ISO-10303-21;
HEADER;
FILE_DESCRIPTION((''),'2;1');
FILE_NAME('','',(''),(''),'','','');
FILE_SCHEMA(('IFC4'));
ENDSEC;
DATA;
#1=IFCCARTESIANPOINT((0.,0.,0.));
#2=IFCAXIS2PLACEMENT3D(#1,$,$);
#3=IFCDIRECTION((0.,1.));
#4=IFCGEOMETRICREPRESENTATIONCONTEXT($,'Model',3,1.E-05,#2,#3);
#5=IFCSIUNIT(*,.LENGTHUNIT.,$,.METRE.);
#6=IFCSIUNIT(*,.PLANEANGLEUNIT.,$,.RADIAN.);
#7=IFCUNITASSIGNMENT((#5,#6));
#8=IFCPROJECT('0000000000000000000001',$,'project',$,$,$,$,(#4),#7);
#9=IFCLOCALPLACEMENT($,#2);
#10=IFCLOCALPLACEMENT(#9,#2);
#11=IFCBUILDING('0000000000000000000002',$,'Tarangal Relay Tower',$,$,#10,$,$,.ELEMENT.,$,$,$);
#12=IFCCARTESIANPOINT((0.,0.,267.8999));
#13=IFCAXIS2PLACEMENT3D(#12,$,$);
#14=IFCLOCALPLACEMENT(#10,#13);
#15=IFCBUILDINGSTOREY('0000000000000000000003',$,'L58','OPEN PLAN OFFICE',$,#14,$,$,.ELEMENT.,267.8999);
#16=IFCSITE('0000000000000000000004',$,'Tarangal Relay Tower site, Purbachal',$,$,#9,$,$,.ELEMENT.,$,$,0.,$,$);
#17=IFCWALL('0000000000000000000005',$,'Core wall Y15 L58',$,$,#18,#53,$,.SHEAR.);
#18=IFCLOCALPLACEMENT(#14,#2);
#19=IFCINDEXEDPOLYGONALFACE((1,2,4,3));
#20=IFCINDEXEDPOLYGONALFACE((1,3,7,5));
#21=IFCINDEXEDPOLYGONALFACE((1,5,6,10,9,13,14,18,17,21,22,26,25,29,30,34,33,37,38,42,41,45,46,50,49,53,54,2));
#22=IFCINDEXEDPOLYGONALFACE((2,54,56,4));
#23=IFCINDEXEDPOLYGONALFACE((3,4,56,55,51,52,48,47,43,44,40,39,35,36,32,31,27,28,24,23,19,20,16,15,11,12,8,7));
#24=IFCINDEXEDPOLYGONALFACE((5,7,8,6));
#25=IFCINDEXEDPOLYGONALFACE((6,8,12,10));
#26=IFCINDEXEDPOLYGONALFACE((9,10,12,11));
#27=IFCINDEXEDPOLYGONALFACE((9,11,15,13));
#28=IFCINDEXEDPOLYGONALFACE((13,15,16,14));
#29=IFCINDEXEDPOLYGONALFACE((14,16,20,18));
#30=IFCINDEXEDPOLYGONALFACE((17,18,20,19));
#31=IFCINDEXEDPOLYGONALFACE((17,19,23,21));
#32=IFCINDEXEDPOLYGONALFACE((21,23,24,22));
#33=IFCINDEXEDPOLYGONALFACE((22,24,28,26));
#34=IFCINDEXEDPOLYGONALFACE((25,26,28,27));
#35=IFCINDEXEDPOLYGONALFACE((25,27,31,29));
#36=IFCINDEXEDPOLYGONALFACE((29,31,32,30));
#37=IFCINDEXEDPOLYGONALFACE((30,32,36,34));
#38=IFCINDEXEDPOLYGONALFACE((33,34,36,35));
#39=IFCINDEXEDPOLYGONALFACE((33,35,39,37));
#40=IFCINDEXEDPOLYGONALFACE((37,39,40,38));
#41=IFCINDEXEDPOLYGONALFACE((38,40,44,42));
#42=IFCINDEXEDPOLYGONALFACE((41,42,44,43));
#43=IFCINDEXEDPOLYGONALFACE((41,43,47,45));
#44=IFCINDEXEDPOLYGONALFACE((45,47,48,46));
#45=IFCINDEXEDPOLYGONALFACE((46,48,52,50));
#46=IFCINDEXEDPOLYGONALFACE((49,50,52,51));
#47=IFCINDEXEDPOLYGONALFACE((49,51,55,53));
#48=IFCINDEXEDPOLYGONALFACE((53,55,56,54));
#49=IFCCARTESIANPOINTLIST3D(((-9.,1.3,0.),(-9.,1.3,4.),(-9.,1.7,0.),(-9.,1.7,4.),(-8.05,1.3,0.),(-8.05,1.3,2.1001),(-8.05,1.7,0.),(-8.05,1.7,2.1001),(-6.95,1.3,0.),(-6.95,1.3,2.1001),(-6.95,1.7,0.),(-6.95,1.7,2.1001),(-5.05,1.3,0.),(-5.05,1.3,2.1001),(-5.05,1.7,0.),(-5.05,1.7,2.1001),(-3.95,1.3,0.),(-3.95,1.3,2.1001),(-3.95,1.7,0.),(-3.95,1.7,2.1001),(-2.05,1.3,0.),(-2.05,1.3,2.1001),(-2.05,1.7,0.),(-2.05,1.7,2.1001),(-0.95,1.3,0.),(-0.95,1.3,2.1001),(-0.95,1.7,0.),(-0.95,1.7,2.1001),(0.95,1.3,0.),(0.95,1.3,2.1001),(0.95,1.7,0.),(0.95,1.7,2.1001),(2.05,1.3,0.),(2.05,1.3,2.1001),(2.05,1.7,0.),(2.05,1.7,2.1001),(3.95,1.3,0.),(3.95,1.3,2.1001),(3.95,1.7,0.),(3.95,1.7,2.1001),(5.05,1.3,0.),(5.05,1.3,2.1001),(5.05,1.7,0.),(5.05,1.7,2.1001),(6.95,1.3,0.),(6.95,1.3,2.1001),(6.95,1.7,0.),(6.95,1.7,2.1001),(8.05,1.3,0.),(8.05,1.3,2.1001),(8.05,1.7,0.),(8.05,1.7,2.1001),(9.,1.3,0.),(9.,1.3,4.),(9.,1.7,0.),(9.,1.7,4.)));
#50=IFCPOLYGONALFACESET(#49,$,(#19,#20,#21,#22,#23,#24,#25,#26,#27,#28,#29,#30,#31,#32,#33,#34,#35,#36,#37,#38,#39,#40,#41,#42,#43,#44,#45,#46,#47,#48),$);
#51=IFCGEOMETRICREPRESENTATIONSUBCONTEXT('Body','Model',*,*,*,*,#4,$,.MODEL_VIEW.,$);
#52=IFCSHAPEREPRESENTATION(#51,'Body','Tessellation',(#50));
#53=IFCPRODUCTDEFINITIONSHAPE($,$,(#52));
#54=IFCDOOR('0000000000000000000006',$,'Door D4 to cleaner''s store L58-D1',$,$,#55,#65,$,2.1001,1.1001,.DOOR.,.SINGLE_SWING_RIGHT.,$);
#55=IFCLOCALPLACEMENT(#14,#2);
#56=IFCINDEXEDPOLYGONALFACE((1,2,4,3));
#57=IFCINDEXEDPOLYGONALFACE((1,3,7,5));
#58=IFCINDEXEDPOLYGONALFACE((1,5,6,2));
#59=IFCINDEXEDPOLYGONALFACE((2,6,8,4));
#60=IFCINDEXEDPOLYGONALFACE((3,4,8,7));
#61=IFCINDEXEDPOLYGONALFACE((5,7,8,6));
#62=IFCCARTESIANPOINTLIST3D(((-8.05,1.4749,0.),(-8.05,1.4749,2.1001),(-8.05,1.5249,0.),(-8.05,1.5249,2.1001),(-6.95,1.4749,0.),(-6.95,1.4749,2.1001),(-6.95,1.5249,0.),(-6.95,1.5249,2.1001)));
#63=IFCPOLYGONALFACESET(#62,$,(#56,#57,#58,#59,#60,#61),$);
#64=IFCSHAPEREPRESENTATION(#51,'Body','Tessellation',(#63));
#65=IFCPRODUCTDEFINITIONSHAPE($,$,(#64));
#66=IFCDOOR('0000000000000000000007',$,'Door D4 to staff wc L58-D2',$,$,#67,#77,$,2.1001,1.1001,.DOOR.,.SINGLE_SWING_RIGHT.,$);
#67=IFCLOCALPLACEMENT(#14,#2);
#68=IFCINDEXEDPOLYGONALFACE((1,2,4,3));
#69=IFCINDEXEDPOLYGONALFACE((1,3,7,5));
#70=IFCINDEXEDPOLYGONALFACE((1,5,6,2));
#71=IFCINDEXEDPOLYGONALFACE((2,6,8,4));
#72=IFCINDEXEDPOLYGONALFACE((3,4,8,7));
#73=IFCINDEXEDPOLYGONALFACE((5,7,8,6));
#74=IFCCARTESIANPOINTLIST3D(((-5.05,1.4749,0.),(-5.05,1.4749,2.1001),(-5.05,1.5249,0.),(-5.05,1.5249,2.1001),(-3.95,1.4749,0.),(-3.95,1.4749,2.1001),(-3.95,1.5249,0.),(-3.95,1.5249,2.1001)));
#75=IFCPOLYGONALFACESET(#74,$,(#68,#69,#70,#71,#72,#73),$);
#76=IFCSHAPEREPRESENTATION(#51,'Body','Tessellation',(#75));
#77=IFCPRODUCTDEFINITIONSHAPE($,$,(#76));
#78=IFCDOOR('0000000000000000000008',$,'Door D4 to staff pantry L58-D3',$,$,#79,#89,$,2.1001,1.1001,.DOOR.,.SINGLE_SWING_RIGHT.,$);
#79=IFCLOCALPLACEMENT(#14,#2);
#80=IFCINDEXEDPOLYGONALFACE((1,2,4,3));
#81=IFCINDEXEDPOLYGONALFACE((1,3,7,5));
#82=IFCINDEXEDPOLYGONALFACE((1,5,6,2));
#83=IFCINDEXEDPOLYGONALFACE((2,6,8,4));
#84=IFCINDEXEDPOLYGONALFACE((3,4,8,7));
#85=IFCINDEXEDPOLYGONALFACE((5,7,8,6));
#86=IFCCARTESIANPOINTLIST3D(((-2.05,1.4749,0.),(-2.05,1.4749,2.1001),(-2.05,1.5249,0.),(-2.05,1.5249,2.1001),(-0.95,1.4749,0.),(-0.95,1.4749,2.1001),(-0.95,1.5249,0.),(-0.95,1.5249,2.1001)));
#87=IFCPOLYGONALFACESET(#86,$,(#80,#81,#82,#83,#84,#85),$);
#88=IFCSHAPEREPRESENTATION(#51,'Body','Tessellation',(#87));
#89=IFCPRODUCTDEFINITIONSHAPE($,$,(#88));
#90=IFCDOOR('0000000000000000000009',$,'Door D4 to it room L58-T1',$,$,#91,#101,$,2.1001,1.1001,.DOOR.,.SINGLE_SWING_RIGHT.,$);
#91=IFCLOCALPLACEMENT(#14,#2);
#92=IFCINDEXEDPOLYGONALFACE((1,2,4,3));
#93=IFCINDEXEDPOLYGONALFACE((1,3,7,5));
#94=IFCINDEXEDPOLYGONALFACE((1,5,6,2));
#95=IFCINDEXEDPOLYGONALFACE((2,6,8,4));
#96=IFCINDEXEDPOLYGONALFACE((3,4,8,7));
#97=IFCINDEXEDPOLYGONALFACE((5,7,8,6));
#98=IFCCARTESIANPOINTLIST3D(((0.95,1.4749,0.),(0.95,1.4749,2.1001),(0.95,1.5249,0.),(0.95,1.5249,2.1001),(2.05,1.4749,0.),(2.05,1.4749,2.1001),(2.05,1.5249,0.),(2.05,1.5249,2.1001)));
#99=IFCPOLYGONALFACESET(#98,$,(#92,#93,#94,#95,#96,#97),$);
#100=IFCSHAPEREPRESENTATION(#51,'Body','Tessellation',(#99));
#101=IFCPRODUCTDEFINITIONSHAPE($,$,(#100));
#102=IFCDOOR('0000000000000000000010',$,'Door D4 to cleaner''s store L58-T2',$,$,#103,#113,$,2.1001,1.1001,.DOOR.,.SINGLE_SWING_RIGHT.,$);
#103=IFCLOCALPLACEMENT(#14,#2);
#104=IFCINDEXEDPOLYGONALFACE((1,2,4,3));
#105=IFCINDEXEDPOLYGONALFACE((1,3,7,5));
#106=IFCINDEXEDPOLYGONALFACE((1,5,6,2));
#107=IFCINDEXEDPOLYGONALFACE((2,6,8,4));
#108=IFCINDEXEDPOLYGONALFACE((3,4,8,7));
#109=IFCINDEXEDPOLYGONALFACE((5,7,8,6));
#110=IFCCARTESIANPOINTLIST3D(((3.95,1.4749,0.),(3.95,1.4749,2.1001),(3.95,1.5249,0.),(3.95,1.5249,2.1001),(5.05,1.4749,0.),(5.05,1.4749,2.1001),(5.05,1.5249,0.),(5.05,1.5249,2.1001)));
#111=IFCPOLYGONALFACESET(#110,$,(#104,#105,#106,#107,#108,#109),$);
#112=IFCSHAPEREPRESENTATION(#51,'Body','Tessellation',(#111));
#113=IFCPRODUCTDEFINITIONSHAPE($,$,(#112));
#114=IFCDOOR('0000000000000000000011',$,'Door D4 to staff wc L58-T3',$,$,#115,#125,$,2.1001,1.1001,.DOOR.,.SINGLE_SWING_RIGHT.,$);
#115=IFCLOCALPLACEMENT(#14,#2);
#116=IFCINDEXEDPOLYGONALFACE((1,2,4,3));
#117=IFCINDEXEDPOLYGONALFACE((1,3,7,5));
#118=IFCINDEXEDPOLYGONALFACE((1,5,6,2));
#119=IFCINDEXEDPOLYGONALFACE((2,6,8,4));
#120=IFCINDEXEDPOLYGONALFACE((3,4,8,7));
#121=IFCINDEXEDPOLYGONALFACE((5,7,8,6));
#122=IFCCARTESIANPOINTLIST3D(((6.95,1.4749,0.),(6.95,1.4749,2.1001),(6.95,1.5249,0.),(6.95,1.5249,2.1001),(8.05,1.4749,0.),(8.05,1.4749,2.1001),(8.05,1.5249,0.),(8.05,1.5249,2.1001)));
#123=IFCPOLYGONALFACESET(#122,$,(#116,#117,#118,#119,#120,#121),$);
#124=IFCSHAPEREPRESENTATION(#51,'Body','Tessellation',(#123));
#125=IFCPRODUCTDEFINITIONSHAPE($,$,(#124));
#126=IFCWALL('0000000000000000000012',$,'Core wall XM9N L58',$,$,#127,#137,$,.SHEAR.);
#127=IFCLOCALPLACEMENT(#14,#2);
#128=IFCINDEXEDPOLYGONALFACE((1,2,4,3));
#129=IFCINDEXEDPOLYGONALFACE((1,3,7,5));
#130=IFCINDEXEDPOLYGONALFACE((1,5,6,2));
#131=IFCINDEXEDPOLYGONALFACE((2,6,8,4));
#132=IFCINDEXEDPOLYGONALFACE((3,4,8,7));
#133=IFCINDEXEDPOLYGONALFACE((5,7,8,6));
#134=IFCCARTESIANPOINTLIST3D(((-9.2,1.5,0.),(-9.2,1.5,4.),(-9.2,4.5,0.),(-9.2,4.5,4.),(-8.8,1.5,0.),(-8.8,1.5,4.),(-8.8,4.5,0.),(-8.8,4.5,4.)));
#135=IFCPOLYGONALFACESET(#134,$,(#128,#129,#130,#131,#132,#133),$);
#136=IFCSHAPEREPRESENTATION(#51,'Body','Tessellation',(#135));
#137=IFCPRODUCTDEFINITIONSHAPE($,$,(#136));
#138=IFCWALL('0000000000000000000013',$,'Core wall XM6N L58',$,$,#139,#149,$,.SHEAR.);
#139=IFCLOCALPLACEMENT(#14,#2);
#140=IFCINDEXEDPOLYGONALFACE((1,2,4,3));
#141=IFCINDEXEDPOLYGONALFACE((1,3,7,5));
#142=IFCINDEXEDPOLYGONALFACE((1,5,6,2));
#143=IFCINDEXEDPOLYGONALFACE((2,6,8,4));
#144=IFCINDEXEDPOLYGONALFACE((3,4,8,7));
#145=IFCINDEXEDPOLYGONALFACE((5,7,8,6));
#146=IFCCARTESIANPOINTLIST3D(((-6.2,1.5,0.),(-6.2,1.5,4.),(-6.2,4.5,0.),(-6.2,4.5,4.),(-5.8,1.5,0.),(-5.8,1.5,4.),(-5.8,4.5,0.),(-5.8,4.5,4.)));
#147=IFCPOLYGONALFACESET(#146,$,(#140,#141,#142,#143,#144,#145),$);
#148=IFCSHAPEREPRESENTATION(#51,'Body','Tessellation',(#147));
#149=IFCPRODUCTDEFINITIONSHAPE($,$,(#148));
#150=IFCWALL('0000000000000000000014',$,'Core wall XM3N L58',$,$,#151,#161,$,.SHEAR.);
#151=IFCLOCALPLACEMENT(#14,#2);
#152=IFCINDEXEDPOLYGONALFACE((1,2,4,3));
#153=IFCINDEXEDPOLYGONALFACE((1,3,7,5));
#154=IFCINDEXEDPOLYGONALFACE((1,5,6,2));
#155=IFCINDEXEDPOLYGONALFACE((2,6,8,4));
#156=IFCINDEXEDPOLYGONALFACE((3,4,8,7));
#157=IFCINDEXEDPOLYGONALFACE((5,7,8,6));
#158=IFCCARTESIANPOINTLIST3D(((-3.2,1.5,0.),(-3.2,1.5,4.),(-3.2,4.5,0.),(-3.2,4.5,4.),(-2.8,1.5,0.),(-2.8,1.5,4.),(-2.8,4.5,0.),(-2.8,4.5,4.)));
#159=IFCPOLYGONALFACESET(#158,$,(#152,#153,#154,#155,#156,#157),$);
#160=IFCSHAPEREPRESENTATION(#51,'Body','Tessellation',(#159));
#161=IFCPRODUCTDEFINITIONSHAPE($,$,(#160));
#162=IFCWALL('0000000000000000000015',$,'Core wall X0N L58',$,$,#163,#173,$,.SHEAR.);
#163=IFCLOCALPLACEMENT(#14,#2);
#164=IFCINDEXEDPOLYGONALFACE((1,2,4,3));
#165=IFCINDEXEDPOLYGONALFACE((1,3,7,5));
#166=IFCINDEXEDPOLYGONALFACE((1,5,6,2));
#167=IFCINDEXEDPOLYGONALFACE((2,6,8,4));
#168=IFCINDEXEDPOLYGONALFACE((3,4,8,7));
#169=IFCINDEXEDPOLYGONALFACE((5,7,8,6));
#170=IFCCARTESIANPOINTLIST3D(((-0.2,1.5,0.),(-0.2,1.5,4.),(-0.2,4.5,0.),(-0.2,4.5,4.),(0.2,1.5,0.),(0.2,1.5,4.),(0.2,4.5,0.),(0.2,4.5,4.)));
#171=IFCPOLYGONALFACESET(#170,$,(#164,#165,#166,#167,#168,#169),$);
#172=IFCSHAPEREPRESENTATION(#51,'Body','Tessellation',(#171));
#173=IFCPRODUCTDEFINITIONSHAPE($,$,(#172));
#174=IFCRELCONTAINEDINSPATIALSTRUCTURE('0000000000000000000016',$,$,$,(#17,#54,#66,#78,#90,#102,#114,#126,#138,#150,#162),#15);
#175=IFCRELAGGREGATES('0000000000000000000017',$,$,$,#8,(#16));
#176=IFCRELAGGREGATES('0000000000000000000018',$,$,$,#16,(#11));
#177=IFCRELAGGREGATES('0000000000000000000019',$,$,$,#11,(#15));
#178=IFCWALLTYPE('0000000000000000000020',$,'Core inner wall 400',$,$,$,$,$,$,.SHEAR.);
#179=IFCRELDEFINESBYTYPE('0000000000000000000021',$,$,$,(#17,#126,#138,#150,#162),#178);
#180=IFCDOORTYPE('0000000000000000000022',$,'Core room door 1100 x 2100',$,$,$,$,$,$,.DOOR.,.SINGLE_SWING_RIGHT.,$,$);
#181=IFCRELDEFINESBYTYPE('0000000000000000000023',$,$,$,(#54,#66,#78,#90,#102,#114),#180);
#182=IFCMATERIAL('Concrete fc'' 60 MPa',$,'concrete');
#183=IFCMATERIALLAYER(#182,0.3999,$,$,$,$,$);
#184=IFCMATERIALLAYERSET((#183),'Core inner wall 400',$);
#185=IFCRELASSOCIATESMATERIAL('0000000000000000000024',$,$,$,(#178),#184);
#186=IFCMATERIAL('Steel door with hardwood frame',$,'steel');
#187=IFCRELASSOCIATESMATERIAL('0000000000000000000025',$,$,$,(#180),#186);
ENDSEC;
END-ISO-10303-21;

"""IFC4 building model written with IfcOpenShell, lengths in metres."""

from ifc_helpers import new_model, si_unit, direction, frame, frame_2d, origin, place, context, subcontext, project, spatial, rectangle, extrude, material, layer, layer_set, type_object, element, fill, save


model = new_model("IFC4")

# Units and contexts
model_context = context("Model", 3, precision=1e-05, world=origin(), true_north=direction((0.0, 1.0)))
body_context = subcontext(model_context, "Body", "Model", "MODEL_VIEW")
ifc_project = project(units=[si_unit("LENGTHUNIT", "METRE"), si_unit("PLANEANGLEUNIT", "RADIAN")], contexts=[model_context])

# Site, building, storey
site_placement = place(None, origin())
site = spatial("IfcSite", under=ifc_project, at=site_placement, Name="Tarangal Relay Tower site, Purbachal", CompositionType="ELEMENT", RefElevation=0.0)
building_placement = place(site_placement, origin())
building = spatial("IfcBuilding", under=site, at=building_placement, Name="Tarangal Relay Tower", CompositionType="ELEMENT")
storey_placement = place(building_placement, frame((0.0, 0.0, 267.8999)))
storey = spatial("IfcBuildingStorey", under=building, at=storey_placement, Name="L58", Description="OPEN PLAN OFFICE", CompositionType="ELEMENT", Elevation=267.8999)

# Wall, openings, doors
ifc_material_1 = material(Name="Concrete fc' 60 MPa", Category="concrete")
ifc_layer_1 = layer(ifc_material_1, 0.3999)
ifc_layer_set_1 = layer_set([ifc_layer_1], Name="Core inner wall 400")
wall_type = type_object("IfcWallType", Name="Core inner wall 400", PredefinedType="SHEAR", material=ifc_layer_set_1)
wall_1_placement = place(storey_placement, frame((-9.0, 1.5, 0.0), z_axis=(0.0, 0.0, 1.0), x_axis=(1.0, 0.0, 0.0)))
wall_1 = element("IfcWall", 1, at=wall_1_placement, inside=storey, type_object=wall_type, Name="Core wall Y15 L58", PredefinedType="SHEAR", context=body_context, shape_type="SweptSolid", body=[
    extrude(rectangle(XDim=18.0, YDim=0.3999, at=frame_2d((9.0, 0.0))), origin(), (0.0, 0.0, 1.0), 4.0),
])
opening_1_placement = place(wall_1_placement, frame((0.95, 0.0, 0.0)))
opening_1 = element("IfcOpeningElement", 2, at=opening_1_placement, cuts=wall_1, PredefinedType="OPENING", context=body_context, shape_type="SweptSolid", body=[
    extrude(rectangle(XDim=1.1001, YDim=2.1001, at=frame_2d((0.55, 1.05))), frame((0.0, 0.21, 0.0), z_axis=(0.0, -1.0, 0.0), x_axis=(1.0, 0.0, 0.0)), (0.0, 0.0, 1.0), 0.4199),
])
opening_2_placement = place(wall_1_placement, frame((3.95, 0.0, 0.0)))
opening_2 = element("IfcOpeningElement", 3, at=opening_2_placement, cuts=wall_1, PredefinedType="OPENING", context=body_context, shape_type="SweptSolid", body=[
    extrude(rectangle(XDim=1.1001, YDim=2.1001, at=frame_2d((0.55, 1.05))), frame((0.0, 0.21, 0.0), z_axis=(0.0, -1.0, 0.0), x_axis=(1.0, 0.0, 0.0)), (0.0, 0.0, 1.0), 0.4199),
])
opening_3_placement = place(wall_1_placement, frame((6.95, 0.0, 0.0)))
opening_3 = element("IfcOpeningElement", 4, at=opening_3_placement, cuts=wall_1, PredefinedType="OPENING", context=body_context, shape_type="SweptSolid", body=[
    extrude(rectangle(XDim=1.1001, YDim=2.1001, at=frame_2d((0.55, 1.05))), frame((0.0, 0.21, 0.0), z_axis=(0.0, -1.0, 0.0), x_axis=(1.0, 0.0, 0.0)), (0.0, 0.0, 1.0), 0.4199),
])
opening_4_placement = place(wall_1_placement, frame((9.95, 0.0, 0.0)))
opening_4 = element("IfcOpeningElement", 5, at=opening_4_placement, cuts=wall_1, PredefinedType="OPENING", context=body_context, shape_type="SweptSolid", body=[
    extrude(rectangle(XDim=1.1001, YDim=2.1001, at=frame_2d((0.55, 1.05))), frame((0.0, 0.21, 0.0), z_axis=(0.0, -1.0, 0.0), x_axis=(1.0, 0.0, 0.0)), (0.0, 0.0, 1.0), 0.4199),
])
opening_5_placement = place(wall_1_placement, frame((12.95, 0.0, 0.0)))
opening_5 = element("IfcOpeningElement", 6, at=opening_5_placement, cuts=wall_1, PredefinedType="OPENING", context=body_context, shape_type="SweptSolid", body=[
    extrude(rectangle(XDim=1.1001, YDim=2.1001, at=frame_2d((0.55, 1.05))), frame((0.0, 0.21, 0.0), z_axis=(0.0, -1.0, 0.0), x_axis=(1.0, 0.0, 0.0)), (0.0, 0.0, 1.0), 0.4199),
])
opening_6_placement = place(wall_1_placement, frame((15.95, 0.0, 0.0)))
opening_6 = element("IfcOpeningElement", 7, at=opening_6_placement, cuts=wall_1, PredefinedType="OPENING", context=body_context, shape_type="SweptSolid", body=[
    extrude(rectangle(XDim=1.1001, YDim=2.1001, at=frame_2d((0.55, 1.05))), frame((0.0, 0.21, 0.0), z_axis=(0.0, -1.0, 0.0), x_axis=(1.0, 0.0, 0.0)), (0.0, 0.0, 1.0), 0.4199),
])
ifc_material_2 = material(Name="Steel door with hardwood frame", Category="steel")
door_type_1 = type_object("IfcDoorType", Name="Core room door 1100 x 2100", OperationType="SINGLE_SWING_RIGHT", PredefinedType="DOOR", material=ifc_material_2)
door_1_placement = place(opening_1_placement, origin())
door_1 = element("IfcDoor", 8, at=door_1_placement, inside=storey, type_object=door_type_1, Name="Door D4 to cleaner's store L58-D1", OperationType="SINGLE_SWING_RIGHT", OverallHeight=2.1001, OverallWidth=1.1001, PredefinedType="DOOR", context=body_context, shape_type="SweptSolid", body=[
    extrude(rectangle(XDim=1.1001, YDim=2.1001, at=frame_2d((0.55, 1.05))), frame((0.0, 0.0249, 0.0), z_axis=(0.0, -1.0, 0.0), x_axis=(1.0, 0.0, 0.0)), (0.0, 0.0, 1.0), 0.05),
])
fill(opening_1, door_1)
door_2_placement = place(opening_2_placement, origin())
door_2 = element("IfcDoor", 9, at=door_2_placement, inside=storey, type_object=door_type_1, Name="Door D4 to staff wc L58-D2", OperationType="SINGLE_SWING_RIGHT", OverallHeight=2.1001, OverallWidth=1.1001, PredefinedType="DOOR", context=body_context, shape_type="SweptSolid", body=[
    extrude(rectangle(XDim=1.1001, YDim=2.1001, at=frame_2d((0.55, 1.05))), frame((0.0, 0.0249, 0.0), z_axis=(0.0, -1.0, 0.0), x_axis=(1.0, 0.0, 0.0)), (0.0, 0.0, 1.0), 0.05),
])
fill(opening_2, door_2)
door_3_placement = place(opening_3_placement, origin())
door_3 = element("IfcDoor", 10, at=door_3_placement, inside=storey, type_object=door_type_1, Name="Door D4 to staff pantry L58-D3", OperationType="SINGLE_SWING_RIGHT", OverallHeight=2.1001, OverallWidth=1.1001, PredefinedType="DOOR", context=body_context, shape_type="SweptSolid", body=[
    extrude(rectangle(XDim=1.1001, YDim=2.1001, at=frame_2d((0.55, 1.05))), frame((0.0, 0.0249, 0.0), z_axis=(0.0, -1.0, 0.0), x_axis=(1.0, 0.0, 0.0)), (0.0, 0.0, 1.0), 0.05),
])
fill(opening_3, door_3)
door_4_placement = place(opening_4_placement, origin())
door_4 = element("IfcDoor", 11, at=door_4_placement, inside=storey, type_object=door_type_1, Name="Door D4 to it room L58-T1", OperationType="SINGLE_SWING_RIGHT", OverallHeight=2.1001, OverallWidth=1.1001, PredefinedType="DOOR", context=body_context, shape_type="SweptSolid", body=[
    extrude(rectangle(XDim=1.1001, YDim=2.1001, at=frame_2d((0.55, 1.05))), frame((0.0, 0.0249, 0.0), z_axis=(0.0, -1.0, 0.0), x_axis=(1.0, 0.0, 0.0)), (0.0, 0.0, 1.0), 0.05),
])
fill(opening_4, door_4)
door_5_placement = place(opening_5_placement, origin())
door_5 = element("IfcDoor", 12, at=door_5_placement, inside=storey, type_object=door_type_1, Name="Door D4 to cleaner's store L58-T2", OperationType="SINGLE_SWING_RIGHT", OverallHeight=2.1001, OverallWidth=1.1001, PredefinedType="DOOR", context=body_context, shape_type="SweptSolid", body=[
    extrude(rectangle(XDim=1.1001, YDim=2.1001, at=frame_2d((0.55, 1.05))), frame((0.0, 0.0249, 0.0), z_axis=(0.0, -1.0, 0.0), x_axis=(1.0, 0.0, 0.0)), (0.0, 0.0, 1.0), 0.05),
])
fill(opening_5, door_5)
door_6_placement = place(opening_6_placement, origin())
door_6 = element("IfcDoor", 13, at=door_6_placement, inside=storey, type_object=door_type_1, Name="Door D4 to staff wc L58-T3", OperationType="SINGLE_SWING_RIGHT", OverallHeight=2.1001, OverallWidth=1.1001, PredefinedType="DOOR", context=body_context, shape_type="SweptSolid", body=[
    extrude(rectangle(XDim=1.1001, YDim=2.1001, at=frame_2d((0.55, 1.05))), frame((0.0, 0.0249, 0.0), z_axis=(0.0, -1.0, 0.0), x_axis=(1.0, 0.0, 0.0)), (0.0, 0.0, 1.0), 0.05),
])
fill(opening_6, door_6)

# Walls
for number, where, z_axis, x_axis, name in (
    (14, (-9.0, 1.5, 0.0), (0.0, 0.0, 1.0), (0.0, 1.0, 0.0), "Core wall XM9N L58"),
    (15, (-6.0, 1.5, 0.0), (0.0, 0.0, 1.0), (0.0, 1.0, 0.0), "Core wall XM6N L58"),
    (16, (-3.0, 1.5, 0.0), (0.0, 0.0, 1.0), (0.0, 1.0, 0.0), "Core wall XM3N L58"),
    (17, (0.0, 1.5, 0.0), (0.0, 0.0, 1.0), (0.0, 1.0, 0.0), "Core wall X0N L58"),
):
    element("IfcWall", number, at=place(storey_placement, frame(where, z_axis=z_axis, x_axis=x_axis)), inside=storey, type_object=wall_type, Name=name, PredefinedType="SHEAR", context=body_context, shape_type="SweptSolid", body=[
        extrude(rectangle(XDim=3.0, YDim=0.3999, at=frame_2d((1.5, 0.0))), origin(), (0.0, 0.0, 1.0), 4.0),
    ])

save(model, "model.ifc")
